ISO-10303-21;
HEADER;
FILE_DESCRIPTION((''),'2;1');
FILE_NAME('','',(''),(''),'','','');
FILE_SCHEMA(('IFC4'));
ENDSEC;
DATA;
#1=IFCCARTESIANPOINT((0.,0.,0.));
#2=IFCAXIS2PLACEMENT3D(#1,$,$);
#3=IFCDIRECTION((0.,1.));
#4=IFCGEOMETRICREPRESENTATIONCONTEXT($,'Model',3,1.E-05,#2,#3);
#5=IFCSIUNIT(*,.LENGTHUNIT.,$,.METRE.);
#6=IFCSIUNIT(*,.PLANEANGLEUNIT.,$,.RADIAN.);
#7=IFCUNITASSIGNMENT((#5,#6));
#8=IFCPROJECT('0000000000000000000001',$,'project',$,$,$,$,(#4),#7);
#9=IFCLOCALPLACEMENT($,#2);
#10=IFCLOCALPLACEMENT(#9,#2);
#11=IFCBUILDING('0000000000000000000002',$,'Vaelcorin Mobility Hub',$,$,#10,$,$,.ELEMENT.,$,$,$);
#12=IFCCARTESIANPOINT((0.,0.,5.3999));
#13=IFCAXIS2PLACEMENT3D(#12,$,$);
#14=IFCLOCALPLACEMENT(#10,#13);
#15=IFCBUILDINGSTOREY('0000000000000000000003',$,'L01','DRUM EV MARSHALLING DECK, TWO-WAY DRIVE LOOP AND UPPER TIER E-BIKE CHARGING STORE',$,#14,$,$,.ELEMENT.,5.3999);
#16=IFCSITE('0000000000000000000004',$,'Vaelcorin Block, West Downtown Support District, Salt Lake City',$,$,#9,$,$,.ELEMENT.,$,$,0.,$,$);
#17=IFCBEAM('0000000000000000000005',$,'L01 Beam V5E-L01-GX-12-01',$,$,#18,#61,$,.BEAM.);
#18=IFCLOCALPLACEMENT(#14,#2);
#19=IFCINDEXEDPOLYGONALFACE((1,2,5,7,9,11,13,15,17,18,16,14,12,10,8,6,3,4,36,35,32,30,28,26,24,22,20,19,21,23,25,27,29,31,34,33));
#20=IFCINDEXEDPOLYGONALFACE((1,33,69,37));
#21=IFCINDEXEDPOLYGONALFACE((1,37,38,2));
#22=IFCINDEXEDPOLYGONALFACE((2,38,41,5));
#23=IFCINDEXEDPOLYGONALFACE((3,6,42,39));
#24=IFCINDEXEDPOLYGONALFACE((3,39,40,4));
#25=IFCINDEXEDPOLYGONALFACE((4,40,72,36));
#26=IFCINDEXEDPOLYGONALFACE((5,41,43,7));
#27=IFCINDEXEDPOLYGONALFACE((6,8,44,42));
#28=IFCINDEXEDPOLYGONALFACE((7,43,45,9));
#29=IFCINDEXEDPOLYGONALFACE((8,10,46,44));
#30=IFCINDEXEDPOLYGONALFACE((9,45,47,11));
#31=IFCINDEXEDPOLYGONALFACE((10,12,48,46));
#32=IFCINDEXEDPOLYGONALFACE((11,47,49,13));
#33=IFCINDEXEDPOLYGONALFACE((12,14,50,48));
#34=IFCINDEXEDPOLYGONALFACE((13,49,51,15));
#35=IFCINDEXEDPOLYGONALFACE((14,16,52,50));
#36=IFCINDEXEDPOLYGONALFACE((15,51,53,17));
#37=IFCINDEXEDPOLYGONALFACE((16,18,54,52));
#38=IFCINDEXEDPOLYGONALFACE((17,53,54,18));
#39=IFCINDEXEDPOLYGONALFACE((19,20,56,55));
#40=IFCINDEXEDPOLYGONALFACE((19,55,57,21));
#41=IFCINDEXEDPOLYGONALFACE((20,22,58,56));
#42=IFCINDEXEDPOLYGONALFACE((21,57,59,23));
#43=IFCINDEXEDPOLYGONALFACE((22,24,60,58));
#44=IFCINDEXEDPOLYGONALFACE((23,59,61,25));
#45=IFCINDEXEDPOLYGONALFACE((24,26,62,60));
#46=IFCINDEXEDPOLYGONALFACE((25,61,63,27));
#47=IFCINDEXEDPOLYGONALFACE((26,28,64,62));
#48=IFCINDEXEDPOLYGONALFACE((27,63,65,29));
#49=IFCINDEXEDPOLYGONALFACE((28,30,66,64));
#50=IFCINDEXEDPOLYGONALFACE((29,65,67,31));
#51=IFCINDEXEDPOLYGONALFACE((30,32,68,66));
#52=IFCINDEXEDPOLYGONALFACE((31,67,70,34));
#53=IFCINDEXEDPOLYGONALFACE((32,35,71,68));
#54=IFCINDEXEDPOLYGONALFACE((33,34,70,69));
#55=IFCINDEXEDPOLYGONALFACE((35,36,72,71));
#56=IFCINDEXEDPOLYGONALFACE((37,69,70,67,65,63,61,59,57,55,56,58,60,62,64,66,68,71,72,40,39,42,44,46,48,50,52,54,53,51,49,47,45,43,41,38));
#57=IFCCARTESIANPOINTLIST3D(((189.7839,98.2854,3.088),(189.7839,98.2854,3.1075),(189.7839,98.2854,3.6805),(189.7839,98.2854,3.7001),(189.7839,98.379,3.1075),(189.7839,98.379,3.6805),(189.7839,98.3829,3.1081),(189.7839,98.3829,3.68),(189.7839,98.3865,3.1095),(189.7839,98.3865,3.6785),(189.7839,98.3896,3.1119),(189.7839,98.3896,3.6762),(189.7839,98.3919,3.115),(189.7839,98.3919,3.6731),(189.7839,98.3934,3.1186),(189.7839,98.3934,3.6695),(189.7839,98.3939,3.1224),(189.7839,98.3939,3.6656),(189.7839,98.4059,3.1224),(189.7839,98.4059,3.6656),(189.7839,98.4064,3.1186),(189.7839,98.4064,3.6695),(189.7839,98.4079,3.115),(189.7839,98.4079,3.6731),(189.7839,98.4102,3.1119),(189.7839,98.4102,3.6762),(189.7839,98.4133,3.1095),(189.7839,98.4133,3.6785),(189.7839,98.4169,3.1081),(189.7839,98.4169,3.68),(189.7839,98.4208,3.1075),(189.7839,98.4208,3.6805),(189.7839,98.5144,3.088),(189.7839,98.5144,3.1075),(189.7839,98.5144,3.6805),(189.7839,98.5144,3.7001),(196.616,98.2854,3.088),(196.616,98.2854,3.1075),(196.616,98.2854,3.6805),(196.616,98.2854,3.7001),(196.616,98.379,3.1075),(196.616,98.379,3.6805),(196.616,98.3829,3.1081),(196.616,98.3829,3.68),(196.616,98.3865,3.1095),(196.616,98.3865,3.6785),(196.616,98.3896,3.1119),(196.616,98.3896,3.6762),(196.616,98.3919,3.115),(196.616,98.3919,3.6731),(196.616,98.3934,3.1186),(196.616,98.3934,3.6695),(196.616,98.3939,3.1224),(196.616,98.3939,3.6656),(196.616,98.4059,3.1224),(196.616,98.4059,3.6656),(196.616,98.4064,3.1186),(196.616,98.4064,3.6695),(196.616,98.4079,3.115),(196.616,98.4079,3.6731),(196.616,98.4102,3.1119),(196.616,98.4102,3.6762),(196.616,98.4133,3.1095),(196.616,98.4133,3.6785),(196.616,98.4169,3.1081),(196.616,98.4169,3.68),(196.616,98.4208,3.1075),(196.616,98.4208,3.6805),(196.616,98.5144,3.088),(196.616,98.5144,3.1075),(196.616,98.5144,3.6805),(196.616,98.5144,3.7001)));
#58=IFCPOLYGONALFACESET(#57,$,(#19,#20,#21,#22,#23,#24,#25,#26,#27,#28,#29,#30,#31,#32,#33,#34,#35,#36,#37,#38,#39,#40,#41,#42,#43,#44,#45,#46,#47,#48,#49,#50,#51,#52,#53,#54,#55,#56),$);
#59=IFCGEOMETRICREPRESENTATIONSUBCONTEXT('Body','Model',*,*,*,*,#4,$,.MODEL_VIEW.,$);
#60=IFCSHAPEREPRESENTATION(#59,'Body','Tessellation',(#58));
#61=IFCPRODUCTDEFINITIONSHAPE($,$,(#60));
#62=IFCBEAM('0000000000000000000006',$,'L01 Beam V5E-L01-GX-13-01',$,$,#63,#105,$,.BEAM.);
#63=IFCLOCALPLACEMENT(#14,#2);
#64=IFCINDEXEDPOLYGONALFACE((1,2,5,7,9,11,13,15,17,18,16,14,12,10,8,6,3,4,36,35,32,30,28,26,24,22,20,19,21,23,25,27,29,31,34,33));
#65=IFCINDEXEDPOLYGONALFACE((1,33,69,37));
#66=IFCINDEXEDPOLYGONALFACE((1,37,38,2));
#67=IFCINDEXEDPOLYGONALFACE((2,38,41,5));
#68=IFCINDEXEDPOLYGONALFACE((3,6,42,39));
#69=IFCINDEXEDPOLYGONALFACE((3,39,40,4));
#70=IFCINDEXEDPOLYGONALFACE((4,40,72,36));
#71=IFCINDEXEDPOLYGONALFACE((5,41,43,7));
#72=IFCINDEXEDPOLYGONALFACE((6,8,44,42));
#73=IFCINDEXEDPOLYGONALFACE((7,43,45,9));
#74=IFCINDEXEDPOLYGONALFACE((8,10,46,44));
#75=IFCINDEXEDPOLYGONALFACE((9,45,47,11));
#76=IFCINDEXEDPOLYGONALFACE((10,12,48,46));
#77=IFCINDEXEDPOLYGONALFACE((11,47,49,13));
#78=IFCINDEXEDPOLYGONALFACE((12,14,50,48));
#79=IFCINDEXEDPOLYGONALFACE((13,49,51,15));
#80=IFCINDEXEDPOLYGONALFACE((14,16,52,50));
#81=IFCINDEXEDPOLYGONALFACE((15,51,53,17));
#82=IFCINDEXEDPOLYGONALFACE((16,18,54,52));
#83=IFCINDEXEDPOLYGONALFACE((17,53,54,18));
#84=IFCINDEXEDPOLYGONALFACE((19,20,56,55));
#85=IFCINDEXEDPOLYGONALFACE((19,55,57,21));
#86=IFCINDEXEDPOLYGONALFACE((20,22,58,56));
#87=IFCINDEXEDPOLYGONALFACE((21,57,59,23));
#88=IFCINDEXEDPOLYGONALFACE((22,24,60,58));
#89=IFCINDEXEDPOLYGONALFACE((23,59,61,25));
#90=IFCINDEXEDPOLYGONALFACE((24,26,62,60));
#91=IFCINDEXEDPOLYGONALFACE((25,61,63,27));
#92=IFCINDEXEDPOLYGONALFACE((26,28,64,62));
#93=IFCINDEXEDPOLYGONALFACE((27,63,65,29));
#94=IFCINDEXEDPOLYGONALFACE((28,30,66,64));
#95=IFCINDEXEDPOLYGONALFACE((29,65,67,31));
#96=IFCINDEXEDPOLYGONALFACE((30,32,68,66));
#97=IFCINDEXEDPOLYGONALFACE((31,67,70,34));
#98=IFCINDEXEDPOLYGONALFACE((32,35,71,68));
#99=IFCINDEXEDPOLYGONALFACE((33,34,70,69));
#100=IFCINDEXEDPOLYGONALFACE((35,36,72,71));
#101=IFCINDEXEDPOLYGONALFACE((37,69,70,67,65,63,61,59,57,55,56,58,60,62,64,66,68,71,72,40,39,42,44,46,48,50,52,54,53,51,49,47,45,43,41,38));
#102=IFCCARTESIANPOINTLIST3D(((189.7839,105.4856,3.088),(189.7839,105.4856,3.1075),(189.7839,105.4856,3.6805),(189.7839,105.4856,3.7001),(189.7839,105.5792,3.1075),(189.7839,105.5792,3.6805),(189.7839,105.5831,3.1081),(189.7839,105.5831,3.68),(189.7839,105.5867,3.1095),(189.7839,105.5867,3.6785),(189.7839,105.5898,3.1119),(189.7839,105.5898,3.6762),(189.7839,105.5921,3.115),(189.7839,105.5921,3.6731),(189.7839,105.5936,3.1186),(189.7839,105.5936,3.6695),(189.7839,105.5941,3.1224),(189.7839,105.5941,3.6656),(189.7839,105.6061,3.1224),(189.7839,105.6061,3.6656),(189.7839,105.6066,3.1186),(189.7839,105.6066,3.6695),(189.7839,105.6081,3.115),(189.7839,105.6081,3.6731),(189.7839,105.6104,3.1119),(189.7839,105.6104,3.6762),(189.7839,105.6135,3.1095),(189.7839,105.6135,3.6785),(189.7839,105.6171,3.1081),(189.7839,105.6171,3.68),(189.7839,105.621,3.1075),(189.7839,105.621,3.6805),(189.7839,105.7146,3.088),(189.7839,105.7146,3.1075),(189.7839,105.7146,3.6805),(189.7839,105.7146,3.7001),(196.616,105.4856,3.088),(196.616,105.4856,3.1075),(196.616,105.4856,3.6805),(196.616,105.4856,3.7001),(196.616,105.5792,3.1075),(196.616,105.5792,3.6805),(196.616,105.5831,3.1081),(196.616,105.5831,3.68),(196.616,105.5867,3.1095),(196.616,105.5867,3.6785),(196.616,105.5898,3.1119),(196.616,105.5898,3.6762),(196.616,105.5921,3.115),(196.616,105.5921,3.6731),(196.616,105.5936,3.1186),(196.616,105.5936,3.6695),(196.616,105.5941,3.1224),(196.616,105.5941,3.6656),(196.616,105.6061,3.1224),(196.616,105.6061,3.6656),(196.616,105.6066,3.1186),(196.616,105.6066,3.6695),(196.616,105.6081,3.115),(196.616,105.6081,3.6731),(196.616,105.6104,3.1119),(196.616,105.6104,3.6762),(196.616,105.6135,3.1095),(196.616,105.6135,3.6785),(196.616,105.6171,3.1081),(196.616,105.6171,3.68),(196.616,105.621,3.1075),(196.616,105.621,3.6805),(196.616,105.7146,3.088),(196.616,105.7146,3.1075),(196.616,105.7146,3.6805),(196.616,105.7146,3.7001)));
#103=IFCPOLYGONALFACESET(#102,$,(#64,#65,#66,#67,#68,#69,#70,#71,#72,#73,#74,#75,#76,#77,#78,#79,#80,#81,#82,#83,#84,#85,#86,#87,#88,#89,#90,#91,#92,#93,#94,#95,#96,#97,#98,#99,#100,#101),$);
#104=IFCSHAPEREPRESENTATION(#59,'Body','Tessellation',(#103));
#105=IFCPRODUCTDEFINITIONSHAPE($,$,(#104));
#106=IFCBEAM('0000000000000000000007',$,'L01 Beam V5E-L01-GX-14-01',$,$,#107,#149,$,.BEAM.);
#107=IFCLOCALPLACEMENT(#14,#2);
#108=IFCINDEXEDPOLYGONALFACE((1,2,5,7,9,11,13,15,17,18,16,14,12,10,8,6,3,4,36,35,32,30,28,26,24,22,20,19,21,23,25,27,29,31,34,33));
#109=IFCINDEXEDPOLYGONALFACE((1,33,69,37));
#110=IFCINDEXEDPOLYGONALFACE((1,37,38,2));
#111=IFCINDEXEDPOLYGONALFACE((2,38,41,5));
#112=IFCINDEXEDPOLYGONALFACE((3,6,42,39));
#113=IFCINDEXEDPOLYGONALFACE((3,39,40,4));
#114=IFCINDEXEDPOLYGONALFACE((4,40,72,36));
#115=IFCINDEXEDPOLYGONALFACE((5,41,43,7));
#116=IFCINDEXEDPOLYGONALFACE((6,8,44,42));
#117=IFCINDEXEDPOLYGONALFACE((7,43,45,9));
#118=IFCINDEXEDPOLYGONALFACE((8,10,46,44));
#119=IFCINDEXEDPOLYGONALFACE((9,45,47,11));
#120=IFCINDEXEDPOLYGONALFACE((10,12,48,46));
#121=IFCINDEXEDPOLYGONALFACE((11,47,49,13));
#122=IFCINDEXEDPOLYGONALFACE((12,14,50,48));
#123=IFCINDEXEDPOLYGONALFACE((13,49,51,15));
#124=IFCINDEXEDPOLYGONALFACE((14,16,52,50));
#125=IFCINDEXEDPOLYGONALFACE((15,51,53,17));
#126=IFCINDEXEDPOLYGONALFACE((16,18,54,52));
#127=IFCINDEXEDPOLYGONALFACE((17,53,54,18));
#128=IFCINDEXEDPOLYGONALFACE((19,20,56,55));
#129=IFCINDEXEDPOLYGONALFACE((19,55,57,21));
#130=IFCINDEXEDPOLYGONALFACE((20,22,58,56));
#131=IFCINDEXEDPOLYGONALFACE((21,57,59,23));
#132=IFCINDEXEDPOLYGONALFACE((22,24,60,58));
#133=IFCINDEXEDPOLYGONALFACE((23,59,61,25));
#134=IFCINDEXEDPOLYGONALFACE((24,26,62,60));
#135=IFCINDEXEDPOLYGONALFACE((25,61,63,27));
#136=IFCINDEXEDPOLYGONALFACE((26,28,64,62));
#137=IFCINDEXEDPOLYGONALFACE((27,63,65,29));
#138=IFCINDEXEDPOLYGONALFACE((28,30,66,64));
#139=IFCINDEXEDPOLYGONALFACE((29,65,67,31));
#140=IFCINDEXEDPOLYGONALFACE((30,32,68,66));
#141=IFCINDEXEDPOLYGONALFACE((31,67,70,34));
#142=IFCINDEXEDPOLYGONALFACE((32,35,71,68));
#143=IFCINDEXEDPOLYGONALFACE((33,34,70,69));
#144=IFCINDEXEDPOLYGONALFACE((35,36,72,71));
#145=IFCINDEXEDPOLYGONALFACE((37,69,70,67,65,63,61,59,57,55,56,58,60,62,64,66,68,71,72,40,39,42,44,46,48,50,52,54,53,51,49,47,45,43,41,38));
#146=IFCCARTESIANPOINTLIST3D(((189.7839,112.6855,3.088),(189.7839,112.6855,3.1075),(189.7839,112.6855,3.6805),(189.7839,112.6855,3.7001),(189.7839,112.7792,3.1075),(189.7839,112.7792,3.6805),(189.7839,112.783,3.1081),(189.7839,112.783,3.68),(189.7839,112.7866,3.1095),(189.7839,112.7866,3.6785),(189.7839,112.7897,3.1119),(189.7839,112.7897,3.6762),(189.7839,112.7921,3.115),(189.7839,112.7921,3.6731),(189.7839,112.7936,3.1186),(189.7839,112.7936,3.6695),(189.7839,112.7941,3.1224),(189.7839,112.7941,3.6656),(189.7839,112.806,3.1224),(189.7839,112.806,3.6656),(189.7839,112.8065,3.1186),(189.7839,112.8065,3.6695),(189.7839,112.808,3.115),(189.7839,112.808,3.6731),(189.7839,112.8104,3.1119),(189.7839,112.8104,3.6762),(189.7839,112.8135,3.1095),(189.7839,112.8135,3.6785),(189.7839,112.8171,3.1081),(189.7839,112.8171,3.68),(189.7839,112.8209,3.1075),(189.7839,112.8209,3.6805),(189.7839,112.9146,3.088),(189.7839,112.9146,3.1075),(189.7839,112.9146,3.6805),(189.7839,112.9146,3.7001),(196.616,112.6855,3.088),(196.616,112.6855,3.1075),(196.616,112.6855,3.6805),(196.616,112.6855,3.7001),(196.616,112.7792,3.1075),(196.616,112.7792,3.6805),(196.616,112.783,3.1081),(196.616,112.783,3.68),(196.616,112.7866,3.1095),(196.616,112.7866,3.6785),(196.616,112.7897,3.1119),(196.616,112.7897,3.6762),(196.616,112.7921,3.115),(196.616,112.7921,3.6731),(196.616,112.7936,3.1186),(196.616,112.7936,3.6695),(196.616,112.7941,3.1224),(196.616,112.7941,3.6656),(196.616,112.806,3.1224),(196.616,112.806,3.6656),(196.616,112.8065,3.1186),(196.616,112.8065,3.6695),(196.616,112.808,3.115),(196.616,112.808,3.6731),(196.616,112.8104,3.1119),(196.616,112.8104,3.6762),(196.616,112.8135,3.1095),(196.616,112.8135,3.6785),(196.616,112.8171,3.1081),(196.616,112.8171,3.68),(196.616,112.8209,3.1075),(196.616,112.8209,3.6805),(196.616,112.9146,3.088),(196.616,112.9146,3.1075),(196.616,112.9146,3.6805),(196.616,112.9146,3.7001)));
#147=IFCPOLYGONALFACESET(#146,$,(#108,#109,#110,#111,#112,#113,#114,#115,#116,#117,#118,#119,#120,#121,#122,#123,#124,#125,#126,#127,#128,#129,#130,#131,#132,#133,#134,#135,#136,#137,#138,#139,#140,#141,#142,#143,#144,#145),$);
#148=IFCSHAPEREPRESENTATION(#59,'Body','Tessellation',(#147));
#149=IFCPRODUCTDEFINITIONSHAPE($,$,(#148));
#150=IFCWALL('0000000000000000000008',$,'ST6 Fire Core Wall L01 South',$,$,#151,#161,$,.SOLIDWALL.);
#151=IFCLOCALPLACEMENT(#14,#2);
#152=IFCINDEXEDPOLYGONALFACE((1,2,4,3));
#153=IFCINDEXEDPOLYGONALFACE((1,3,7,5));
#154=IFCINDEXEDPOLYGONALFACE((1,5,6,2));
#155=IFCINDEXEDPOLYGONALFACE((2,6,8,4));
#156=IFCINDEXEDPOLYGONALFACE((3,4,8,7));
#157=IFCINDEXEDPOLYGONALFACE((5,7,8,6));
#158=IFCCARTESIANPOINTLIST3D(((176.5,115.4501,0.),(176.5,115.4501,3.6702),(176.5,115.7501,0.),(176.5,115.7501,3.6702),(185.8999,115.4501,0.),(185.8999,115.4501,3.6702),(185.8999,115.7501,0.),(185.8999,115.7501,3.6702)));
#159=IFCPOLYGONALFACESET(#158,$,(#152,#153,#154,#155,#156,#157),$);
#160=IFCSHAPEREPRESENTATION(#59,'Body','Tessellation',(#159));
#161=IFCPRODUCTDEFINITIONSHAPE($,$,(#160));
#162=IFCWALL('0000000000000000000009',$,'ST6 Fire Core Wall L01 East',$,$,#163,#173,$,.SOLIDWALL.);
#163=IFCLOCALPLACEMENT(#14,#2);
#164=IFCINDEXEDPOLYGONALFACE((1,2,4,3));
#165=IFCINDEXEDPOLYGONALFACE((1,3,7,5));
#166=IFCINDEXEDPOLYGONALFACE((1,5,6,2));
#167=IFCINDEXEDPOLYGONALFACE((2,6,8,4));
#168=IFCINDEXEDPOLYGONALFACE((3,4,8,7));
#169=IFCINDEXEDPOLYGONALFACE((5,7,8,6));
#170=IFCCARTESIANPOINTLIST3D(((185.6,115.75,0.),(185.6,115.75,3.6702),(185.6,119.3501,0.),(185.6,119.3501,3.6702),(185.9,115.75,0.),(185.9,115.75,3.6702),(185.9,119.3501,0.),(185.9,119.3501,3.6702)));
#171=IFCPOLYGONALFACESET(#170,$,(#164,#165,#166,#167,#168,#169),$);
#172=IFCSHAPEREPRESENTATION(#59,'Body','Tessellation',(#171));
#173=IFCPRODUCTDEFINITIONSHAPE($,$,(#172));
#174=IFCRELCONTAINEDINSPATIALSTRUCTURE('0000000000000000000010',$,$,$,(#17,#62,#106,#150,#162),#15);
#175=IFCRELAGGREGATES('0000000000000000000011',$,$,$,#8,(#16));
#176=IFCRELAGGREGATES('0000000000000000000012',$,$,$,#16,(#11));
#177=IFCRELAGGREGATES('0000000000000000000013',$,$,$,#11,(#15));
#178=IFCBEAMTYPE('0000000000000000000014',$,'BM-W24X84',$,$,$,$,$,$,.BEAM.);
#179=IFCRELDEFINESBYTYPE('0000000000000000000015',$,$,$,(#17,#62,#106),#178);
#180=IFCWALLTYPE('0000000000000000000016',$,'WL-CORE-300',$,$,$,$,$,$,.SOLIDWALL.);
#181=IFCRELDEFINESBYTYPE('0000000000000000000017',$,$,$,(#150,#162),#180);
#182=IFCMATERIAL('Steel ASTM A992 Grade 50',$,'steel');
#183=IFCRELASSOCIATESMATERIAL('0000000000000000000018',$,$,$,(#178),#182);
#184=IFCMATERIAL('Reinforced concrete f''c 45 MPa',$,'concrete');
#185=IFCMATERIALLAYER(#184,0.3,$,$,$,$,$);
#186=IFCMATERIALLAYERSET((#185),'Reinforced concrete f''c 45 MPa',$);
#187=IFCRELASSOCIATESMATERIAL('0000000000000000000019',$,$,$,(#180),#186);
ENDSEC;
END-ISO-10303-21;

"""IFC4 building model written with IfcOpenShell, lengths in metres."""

from ifc_helpers import new_model, si_unit, direction, frame, frame_2d, origin, origin_2d, place, context, subcontext, project, spatial, rectangle, i_section, extrude, material, layer, layer_set, material_profile, profile_set, type_object, element, save


model = new_model("IFC4")

# Units and contexts
model_context = context("Model", 3, precision=1e-05, world=origin(), true_north=direction((0.0, 1.0)))
body_context = subcontext(model_context, "Body", "Model", "MODEL_VIEW")
ifc_project = project(units=[si_unit("LENGTHUNIT", "METRE"), si_unit("PLANEANGLEUNIT", "RADIAN")], contexts=[model_context])

# Site, building, storey
site_placement = place(None, origin())
site = spatial("IfcSite", under=ifc_project, at=site_placement, Name="Vaelcorin Block, West Downtown Support District, Salt Lake City", CompositionType="ELEMENT", RefElevation=0.0)
building_placement = place(site_placement, origin())
building = spatial("IfcBuilding", under=site, at=building_placement, Name="Vaelcorin Mobility Hub", CompositionType="ELEMENT")
storey_placement = place(building_placement, frame((0.0, 0.0, 5.3999)))
storey = spatial("IfcBuildingStorey", under=building, at=storey_placement, Name="L01", Description="DRUM EV MARSHALLING DECK, TWO-WAY DRIVE LOOP AND UPPER TIER E-BIKE CHARGING STORE", CompositionType="ELEMENT", Elevation=5.3999)

# Shared definitions
ifc_material_1 = material(Name="Steel ASTM A992 Grade 50", Category="steel")

# Beams
ifc_material_profile_1 = material_profile(ifc_material_1, i_section(OverallWidth=0.229, OverallDepth=0.6121, WebThickness=0.012, FlangeThickness=0.0195, FilletRadius=0.0149, at=origin_2d()), Name="W24X84")
ifc_profile_set_1 = profile_set([ifc_material_profile_1], Name="Steel ASTM A992 Grade 50")
beam_type_1 = type_object("IfcBeamType", Name="BM-W24X84", PredefinedType="BEAM", material=ifc_profile_set_1)
for number, where, z_axis, x_axis, name in (
    (1, (189.7839, 98.3999, 3.394), (1.0, 0.0, 0.0), (0.0, 1.0, 0.0), "L01 Beam V5E-L01-GX-12-01"),
    (2, (189.7839, 105.6001, 3.394), (1.0, 0.0, 0.0), (0.0, 1.0, 0.0), "L01 Beam V5E-L01-GX-13-01"),
    (3, (189.7839, 112.8, 3.394), (1.0, 0.0, 0.0), (0.0, 1.0, 0.0), "L01 Beam V5E-L01-GX-14-01"),
):
    element("IfcBeam", number, at=place(storey_placement, frame(where, z_axis=z_axis, x_axis=x_axis)), inside=storey, type_object=beam_type_1, Name=name, PredefinedType="BEAM", context=body_context, shape_type="SweptSolid", body=[
        extrude(i_section(OverallWidth=0.229, OverallDepth=0.6121, WebThickness=0.012, FlangeThickness=0.0195, FilletRadius=0.0149, at=origin_2d()), origin(), (0.0, 0.0, 1.0), 6.832),
    ])

# Walls
ifc_material_2 = material(Name="Reinforced concrete f'c 45 MPa", Category="concrete")
ifc_layer_1 = layer(ifc_material_2, 0.3)
ifc_layer_set_1 = layer_set([ifc_layer_1], Name="Reinforced concrete f'c 45 MPa")
wall_type_1 = type_object("IfcWallType", Name="WL-CORE-300", PredefinedType="SOLIDWALL", material=ifc_layer_set_1)
wall_1_placement = place(storey_placement, frame((185.8999, 115.6001, 0.0), z_axis=(0.0, 0.0, 1.0), x_axis=(-1.0, 0.0, 0.0)))
element("IfcWall", 4, at=wall_1_placement, inside=storey, type_object=wall_type_1, Name="ST6 Fire Core Wall L01 South", PredefinedType="SOLIDWALL", context=body_context, shape_type="SweptSolid", body=[
    extrude(rectangle(XDim=9.3999, YDim=0.3, at=frame_2d((4.7, 0.0))), origin(), (0.0, 0.0, 1.0), 3.6702),
])
wall_2_placement = place(storey_placement, frame((185.75, 119.3501, 0.0), z_axis=(0.0, 0.0, 1.0), x_axis=(0.0, -1.0, 0.0)))
element("IfcWall", 5, at=wall_2_placement, inside=storey, type_object=wall_type_1, Name="ST6 Fire Core Wall L01 East", PredefinedType="SOLIDWALL", context=body_context, shape_type="SweptSolid", body=[
    extrude(rectangle(XDim=3.6001, YDim=0.3, at=frame_2d((1.8, 0.0))), origin(), (0.0, 0.0, 1.0), 3.6702),
])

save(model, "model.ifc")
